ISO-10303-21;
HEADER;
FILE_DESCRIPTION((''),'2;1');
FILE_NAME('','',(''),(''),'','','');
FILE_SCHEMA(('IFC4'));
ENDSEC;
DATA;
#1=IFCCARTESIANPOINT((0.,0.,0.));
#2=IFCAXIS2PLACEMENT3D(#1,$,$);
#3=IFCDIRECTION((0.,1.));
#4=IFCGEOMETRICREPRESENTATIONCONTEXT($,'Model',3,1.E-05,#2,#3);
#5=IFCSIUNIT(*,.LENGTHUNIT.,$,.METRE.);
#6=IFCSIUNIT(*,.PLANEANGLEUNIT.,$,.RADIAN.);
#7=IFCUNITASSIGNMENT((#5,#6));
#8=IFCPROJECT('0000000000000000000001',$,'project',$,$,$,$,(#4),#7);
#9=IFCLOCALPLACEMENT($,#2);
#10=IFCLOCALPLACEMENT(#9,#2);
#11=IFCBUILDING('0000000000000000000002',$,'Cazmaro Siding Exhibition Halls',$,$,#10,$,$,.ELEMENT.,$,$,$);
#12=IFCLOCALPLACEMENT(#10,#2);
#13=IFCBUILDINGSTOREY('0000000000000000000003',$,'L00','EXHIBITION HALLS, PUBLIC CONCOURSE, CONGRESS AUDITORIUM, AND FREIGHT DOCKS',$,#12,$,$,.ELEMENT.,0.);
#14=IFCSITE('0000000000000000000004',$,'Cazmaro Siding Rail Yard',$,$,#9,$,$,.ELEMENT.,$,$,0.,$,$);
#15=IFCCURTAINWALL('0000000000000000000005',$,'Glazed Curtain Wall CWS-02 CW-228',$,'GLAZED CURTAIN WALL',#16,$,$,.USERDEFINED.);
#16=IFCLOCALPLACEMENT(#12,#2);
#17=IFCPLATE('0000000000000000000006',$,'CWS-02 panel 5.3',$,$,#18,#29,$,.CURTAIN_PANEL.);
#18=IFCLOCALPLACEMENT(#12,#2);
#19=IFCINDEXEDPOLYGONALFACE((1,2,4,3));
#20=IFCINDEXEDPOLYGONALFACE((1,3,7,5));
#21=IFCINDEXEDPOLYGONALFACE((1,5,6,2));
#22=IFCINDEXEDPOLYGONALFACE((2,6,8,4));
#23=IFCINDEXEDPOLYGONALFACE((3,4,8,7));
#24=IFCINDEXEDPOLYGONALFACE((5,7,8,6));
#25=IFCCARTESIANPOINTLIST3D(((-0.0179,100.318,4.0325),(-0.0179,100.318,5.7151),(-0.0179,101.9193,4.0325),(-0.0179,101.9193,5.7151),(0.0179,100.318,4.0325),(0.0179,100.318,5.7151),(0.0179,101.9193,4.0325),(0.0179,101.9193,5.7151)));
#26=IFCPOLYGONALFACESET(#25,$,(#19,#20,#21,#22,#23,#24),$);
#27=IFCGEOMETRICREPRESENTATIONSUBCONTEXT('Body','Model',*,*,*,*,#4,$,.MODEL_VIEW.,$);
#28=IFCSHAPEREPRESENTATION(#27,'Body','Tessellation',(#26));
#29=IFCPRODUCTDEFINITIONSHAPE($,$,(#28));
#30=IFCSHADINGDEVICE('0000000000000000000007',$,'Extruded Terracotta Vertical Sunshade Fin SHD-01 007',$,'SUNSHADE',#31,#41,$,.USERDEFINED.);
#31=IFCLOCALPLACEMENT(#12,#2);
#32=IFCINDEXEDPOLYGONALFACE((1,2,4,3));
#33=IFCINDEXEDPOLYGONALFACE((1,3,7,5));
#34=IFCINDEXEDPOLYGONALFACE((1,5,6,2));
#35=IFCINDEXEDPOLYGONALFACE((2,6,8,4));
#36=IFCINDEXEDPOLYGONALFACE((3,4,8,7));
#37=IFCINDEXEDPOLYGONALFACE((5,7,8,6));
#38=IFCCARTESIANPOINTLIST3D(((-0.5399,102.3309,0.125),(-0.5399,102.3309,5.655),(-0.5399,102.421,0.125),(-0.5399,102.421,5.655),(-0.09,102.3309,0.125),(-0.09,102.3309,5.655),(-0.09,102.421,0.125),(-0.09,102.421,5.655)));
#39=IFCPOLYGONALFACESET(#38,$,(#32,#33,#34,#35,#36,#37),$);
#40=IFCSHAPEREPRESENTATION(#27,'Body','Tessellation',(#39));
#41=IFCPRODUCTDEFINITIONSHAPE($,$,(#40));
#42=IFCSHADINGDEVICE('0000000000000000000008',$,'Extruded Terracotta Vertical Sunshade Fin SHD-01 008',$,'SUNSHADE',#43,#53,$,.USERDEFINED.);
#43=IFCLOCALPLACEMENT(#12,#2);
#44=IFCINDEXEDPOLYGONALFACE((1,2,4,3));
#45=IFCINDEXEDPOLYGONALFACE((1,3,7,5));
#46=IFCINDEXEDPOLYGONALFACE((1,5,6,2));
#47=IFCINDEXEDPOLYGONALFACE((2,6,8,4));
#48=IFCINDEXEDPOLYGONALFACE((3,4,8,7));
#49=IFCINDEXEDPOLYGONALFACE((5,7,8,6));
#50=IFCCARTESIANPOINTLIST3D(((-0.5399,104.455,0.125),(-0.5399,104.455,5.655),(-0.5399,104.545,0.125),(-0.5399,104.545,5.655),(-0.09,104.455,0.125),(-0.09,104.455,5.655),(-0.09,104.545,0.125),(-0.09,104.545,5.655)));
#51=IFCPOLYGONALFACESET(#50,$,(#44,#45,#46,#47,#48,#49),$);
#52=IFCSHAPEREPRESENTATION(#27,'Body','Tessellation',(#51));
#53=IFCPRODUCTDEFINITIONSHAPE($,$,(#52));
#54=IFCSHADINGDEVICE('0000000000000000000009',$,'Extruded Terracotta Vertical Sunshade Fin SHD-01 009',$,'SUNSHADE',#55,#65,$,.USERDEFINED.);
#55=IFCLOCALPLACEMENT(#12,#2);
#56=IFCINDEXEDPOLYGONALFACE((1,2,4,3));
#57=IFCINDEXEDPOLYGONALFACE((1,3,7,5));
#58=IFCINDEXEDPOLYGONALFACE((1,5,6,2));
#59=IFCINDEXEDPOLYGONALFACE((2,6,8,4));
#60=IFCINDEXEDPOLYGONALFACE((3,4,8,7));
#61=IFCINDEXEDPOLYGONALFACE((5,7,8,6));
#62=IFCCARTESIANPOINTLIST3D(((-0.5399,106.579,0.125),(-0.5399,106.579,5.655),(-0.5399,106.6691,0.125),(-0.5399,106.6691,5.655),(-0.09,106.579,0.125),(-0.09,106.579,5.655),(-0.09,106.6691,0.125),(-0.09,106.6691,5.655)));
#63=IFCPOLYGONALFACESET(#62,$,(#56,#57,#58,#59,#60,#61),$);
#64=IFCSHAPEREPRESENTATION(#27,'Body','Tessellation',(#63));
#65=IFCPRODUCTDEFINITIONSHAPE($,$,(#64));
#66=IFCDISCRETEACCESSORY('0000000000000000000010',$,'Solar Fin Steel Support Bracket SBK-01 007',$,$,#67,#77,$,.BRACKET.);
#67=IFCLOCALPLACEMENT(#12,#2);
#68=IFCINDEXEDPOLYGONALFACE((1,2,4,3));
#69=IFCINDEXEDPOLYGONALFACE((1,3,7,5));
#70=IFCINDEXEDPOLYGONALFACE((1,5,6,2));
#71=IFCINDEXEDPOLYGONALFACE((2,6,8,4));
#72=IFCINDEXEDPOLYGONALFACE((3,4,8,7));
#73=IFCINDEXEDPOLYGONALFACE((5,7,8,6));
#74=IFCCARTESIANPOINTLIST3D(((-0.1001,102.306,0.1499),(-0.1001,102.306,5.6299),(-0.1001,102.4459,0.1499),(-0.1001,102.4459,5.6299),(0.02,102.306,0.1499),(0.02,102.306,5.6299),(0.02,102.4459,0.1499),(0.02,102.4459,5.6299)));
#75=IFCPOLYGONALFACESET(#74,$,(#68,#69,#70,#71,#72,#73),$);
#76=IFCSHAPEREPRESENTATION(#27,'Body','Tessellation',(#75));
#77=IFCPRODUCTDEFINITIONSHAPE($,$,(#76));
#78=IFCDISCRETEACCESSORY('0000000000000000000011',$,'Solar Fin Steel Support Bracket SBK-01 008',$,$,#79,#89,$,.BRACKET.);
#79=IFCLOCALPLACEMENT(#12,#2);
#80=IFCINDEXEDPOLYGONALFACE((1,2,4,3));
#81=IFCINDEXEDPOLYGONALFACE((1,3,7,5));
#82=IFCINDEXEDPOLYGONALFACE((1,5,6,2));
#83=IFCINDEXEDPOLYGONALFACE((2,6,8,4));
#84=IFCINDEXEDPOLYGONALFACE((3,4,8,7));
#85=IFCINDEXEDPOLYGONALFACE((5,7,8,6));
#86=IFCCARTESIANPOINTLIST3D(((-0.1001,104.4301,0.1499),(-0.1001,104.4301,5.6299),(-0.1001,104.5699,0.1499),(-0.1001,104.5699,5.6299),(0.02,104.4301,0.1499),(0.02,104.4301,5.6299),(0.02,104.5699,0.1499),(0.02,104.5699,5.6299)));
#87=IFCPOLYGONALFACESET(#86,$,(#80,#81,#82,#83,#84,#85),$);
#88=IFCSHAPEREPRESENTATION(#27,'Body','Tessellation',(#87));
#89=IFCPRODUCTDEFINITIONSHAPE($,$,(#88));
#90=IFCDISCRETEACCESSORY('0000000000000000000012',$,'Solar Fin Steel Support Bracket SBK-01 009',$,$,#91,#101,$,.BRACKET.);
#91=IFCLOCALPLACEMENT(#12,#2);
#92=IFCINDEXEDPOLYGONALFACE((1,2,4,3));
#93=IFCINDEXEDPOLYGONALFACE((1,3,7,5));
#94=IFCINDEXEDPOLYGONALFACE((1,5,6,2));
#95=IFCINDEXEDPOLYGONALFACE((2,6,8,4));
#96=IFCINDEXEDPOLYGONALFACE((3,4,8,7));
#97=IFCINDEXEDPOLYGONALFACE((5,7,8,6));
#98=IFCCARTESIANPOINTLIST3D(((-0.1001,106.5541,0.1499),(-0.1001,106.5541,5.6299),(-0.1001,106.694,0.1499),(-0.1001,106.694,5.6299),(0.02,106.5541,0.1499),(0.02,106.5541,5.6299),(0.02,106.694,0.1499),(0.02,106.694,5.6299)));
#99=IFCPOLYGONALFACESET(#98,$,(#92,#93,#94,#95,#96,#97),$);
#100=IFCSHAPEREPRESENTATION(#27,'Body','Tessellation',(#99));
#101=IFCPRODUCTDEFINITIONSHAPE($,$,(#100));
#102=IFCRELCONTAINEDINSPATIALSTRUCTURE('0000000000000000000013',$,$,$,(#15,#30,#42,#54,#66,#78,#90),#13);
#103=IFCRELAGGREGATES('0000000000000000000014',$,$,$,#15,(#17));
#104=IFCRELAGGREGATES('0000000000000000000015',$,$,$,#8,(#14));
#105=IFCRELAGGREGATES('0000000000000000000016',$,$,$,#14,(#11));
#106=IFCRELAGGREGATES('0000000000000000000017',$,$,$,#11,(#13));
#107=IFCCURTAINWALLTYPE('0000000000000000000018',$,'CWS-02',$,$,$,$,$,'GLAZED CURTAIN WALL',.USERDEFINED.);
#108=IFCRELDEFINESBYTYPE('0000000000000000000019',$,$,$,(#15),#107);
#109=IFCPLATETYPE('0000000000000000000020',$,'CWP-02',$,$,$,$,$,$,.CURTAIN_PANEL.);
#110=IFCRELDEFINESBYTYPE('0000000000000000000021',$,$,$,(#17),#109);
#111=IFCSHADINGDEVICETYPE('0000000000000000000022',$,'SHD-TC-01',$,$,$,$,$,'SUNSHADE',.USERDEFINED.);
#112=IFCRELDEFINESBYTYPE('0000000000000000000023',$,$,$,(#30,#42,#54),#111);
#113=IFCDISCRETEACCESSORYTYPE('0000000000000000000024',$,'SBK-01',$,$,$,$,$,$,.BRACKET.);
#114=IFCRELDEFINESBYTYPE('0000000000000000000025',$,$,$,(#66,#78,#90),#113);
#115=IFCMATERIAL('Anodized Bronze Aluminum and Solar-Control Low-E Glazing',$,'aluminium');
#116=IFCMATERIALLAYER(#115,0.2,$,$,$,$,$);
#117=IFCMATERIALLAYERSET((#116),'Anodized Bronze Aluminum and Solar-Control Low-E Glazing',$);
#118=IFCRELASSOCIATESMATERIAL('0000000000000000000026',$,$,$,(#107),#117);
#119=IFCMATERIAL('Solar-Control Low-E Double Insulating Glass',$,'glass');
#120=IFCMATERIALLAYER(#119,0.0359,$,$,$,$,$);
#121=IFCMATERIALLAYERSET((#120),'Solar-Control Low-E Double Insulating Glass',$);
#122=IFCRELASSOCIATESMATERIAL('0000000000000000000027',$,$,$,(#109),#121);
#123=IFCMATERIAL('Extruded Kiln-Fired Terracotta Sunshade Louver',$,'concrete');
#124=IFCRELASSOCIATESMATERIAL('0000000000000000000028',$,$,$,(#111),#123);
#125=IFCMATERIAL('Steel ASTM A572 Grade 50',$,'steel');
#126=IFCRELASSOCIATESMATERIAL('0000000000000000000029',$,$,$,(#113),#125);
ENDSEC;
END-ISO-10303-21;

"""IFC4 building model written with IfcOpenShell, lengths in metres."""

from ifc_helpers import new_model, si_unit, direction, frame, origin, origin_2d, place, context, subcontext, project, spatial, rectangle, extrude, material, layer, layer_set, type_object, element, aggregate, save


model = new_model("IFC4")

# Units and contexts
model_context = context("Model", 3, precision=1e-05, world=origin(), true_north=direction((0.0, 1.0)))
body_context = subcontext(model_context, "Body", "Model", "MODEL_VIEW")
ifc_project = project(units=[si_unit("LENGTHUNIT", "METRE"), si_unit("PLANEANGLEUNIT", "RADIAN")], contexts=[model_context])

# Site, building, storey
site_placement = place(None, origin())
site = spatial("IfcSite", under=ifc_project, at=site_placement, Name="Cazmaro Siding Rail Yard", CompositionType="ELEMENT", RefElevation=0.0)
building_placement = place(site_placement, origin())
building = spatial("IfcBuilding", under=site, at=building_placement, Name="Cazmaro Siding Exhibition Halls", CompositionType="ELEMENT")
storey_placement = place(building_placement, origin())
storey = spatial("IfcBuildingStorey", under=building, at=storey_placement, Name="L00", Description="EXHIBITION HALLS, PUBLIC CONCOURSE, CONGRESS AUDITORIUM, AND FREIGHT DOCKS", CompositionType="ELEMENT", Elevation=0.0)

# Curtain wall, plate
ifc_material_1 = material(Name="Anodized Bronze Aluminum and Solar-Control Low-E Glazing", Category="aluminium")
ifc_layer_1 = layer(ifc_material_1, 0.2)
ifc_layer_set_1 = layer_set([ifc_layer_1], Name="Anodized Bronze Aluminum and Solar-Control Low-E Glazing")
curtain_wall_type = type_object("IfcCurtainWallType", Name="CWS-02", ElementType="GLAZED CURTAIN WALL", PredefinedType="USERDEFINED", material=ifc_layer_set_1)
curtain_wall_placement = place(storey_placement, origin())
curtain_wall = element("IfcCurtainWall", 1, at=curtain_wall_placement, inside=storey, type_object=curtain_wall_type, Name="Glazed Curtain Wall CWS-02 CW-228", ObjectType="GLAZED CURTAIN WALL", PredefinedType="USERDEFINED")
ifc_material_2 = material(Name="Solar-Control Low-E Double Insulating Glass", Category="glass")
ifc_layer_2 = layer(ifc_material_2, 0.0359)
ifc_layer_set_2 = layer_set([ifc_layer_2], Name="Solar-Control Low-E Double Insulating Glass")
plate_type = type_object("IfcPlateType", Name="CWP-02", PredefinedType="CURTAIN_PANEL", material=ifc_layer_set_2)
plate_1_placement = place(storey_placement, frame((0.0, 101.1187, 4.0325), z_axis=(0.0, 0.0, 1.0), x_axis=(0.0, -1.0, 0.0)))
plate_1 = element("IfcPlate", 2, at=plate_1_placement, type_object=plate_type, Name="CWS-02 panel 5.3", PredefinedType="CURTAIN_PANEL", context=body_context, shape_type="SweptSolid", body=[
    extrude(rectangle(XDim=1.6013, YDim=0.0359, at=origin_2d()), origin(), (0.0, 0.0, 1.0), 1.6826),
])
aggregate(curtain_wall, [plate_1])

# Shading devices
ifc_material_3 = material(Name="Extruded Kiln-Fired Terracotta Sunshade Louver", Category="concrete")
shading_device_type = type_object("IfcShadingDeviceType", Name="SHD-TC-01", ElementType="SUNSHADE", PredefinedType="USERDEFINED", material=ifc_material_3)
for number, where, z_axis, x_axis, name in (
    (3, (-0.3149, 102.376, 0.125), (0.0, 0.0, 1.0), (1.0, 0.0, 0.0), "Extruded Terracotta Vertical Sunshade Fin SHD-01 007"),
    (4, (-0.3149, 104.5, 0.125), (0.0, 0.0, 1.0), (1.0, 0.0, 0.0), "Extruded Terracotta Vertical Sunshade Fin SHD-01 008"),
    (5, (-0.3149, 106.624, 0.125), (0.0, 0.0, 1.0), (1.0, 0.0, 0.0), "Extruded Terracotta Vertical Sunshade Fin SHD-01 009"),
):
    element("IfcShadingDevice", number, at=place(storey_placement, frame(where, z_axis=z_axis, x_axis=x_axis)), inside=storey, type_object=shading_device_type, Name=name, ObjectType="SUNSHADE", PredefinedType="USERDEFINED", context=body_context, shape_type="SweptSolid", body=[
        extrude(rectangle(XDim=0.45, YDim=0.0901, at=origin_2d()), origin(), (0.0, 0.0, 1.0), 5.53),
    ])

# Discrete accessories
ifc_material_4 = material(Name="Steel ASTM A572 Grade 50", Category="steel")
discrete_accessory_type = type_object("IfcDiscreteAccessoryType", Name="SBK-01", PredefinedType="BRACKET", material=ifc_material_4)
for number, where, z_axis, x_axis, name in (
    (6, (-0.04, 102.376, 0.1499), (0.0, 0.0, 1.0), (1.0, 0.0, 0.0), "Solar Fin Steel Support Bracket SBK-01 007"),
    (7, (-0.04, 104.5, 0.1499), (0.0, 0.0, 1.0), (1.0, 0.0, 0.0), "Solar Fin Steel Support Bracket SBK-01 008"),
    (8, (-0.04, 106.624, 0.1499), (0.0, 0.0, 1.0), (1.0, 0.0, 0.0), "Solar Fin Steel Support Bracket SBK-01 009"),
):
    element("IfcDiscreteAccessory", number, at=place(storey_placement, frame(where, z_axis=z_axis, x_axis=x_axis)), inside=storey, type_object=discrete_accessory_type, Name=name, PredefinedType="BRACKET", context=body_context, shape_type="SweptSolid", body=[
        extrude(rectangle(XDim=0.1201, YDim=0.1399, at=origin_2d()), origin(), (0.0, 0.0, 1.0), 5.48),
    ])

save(model, "model.ifc")
